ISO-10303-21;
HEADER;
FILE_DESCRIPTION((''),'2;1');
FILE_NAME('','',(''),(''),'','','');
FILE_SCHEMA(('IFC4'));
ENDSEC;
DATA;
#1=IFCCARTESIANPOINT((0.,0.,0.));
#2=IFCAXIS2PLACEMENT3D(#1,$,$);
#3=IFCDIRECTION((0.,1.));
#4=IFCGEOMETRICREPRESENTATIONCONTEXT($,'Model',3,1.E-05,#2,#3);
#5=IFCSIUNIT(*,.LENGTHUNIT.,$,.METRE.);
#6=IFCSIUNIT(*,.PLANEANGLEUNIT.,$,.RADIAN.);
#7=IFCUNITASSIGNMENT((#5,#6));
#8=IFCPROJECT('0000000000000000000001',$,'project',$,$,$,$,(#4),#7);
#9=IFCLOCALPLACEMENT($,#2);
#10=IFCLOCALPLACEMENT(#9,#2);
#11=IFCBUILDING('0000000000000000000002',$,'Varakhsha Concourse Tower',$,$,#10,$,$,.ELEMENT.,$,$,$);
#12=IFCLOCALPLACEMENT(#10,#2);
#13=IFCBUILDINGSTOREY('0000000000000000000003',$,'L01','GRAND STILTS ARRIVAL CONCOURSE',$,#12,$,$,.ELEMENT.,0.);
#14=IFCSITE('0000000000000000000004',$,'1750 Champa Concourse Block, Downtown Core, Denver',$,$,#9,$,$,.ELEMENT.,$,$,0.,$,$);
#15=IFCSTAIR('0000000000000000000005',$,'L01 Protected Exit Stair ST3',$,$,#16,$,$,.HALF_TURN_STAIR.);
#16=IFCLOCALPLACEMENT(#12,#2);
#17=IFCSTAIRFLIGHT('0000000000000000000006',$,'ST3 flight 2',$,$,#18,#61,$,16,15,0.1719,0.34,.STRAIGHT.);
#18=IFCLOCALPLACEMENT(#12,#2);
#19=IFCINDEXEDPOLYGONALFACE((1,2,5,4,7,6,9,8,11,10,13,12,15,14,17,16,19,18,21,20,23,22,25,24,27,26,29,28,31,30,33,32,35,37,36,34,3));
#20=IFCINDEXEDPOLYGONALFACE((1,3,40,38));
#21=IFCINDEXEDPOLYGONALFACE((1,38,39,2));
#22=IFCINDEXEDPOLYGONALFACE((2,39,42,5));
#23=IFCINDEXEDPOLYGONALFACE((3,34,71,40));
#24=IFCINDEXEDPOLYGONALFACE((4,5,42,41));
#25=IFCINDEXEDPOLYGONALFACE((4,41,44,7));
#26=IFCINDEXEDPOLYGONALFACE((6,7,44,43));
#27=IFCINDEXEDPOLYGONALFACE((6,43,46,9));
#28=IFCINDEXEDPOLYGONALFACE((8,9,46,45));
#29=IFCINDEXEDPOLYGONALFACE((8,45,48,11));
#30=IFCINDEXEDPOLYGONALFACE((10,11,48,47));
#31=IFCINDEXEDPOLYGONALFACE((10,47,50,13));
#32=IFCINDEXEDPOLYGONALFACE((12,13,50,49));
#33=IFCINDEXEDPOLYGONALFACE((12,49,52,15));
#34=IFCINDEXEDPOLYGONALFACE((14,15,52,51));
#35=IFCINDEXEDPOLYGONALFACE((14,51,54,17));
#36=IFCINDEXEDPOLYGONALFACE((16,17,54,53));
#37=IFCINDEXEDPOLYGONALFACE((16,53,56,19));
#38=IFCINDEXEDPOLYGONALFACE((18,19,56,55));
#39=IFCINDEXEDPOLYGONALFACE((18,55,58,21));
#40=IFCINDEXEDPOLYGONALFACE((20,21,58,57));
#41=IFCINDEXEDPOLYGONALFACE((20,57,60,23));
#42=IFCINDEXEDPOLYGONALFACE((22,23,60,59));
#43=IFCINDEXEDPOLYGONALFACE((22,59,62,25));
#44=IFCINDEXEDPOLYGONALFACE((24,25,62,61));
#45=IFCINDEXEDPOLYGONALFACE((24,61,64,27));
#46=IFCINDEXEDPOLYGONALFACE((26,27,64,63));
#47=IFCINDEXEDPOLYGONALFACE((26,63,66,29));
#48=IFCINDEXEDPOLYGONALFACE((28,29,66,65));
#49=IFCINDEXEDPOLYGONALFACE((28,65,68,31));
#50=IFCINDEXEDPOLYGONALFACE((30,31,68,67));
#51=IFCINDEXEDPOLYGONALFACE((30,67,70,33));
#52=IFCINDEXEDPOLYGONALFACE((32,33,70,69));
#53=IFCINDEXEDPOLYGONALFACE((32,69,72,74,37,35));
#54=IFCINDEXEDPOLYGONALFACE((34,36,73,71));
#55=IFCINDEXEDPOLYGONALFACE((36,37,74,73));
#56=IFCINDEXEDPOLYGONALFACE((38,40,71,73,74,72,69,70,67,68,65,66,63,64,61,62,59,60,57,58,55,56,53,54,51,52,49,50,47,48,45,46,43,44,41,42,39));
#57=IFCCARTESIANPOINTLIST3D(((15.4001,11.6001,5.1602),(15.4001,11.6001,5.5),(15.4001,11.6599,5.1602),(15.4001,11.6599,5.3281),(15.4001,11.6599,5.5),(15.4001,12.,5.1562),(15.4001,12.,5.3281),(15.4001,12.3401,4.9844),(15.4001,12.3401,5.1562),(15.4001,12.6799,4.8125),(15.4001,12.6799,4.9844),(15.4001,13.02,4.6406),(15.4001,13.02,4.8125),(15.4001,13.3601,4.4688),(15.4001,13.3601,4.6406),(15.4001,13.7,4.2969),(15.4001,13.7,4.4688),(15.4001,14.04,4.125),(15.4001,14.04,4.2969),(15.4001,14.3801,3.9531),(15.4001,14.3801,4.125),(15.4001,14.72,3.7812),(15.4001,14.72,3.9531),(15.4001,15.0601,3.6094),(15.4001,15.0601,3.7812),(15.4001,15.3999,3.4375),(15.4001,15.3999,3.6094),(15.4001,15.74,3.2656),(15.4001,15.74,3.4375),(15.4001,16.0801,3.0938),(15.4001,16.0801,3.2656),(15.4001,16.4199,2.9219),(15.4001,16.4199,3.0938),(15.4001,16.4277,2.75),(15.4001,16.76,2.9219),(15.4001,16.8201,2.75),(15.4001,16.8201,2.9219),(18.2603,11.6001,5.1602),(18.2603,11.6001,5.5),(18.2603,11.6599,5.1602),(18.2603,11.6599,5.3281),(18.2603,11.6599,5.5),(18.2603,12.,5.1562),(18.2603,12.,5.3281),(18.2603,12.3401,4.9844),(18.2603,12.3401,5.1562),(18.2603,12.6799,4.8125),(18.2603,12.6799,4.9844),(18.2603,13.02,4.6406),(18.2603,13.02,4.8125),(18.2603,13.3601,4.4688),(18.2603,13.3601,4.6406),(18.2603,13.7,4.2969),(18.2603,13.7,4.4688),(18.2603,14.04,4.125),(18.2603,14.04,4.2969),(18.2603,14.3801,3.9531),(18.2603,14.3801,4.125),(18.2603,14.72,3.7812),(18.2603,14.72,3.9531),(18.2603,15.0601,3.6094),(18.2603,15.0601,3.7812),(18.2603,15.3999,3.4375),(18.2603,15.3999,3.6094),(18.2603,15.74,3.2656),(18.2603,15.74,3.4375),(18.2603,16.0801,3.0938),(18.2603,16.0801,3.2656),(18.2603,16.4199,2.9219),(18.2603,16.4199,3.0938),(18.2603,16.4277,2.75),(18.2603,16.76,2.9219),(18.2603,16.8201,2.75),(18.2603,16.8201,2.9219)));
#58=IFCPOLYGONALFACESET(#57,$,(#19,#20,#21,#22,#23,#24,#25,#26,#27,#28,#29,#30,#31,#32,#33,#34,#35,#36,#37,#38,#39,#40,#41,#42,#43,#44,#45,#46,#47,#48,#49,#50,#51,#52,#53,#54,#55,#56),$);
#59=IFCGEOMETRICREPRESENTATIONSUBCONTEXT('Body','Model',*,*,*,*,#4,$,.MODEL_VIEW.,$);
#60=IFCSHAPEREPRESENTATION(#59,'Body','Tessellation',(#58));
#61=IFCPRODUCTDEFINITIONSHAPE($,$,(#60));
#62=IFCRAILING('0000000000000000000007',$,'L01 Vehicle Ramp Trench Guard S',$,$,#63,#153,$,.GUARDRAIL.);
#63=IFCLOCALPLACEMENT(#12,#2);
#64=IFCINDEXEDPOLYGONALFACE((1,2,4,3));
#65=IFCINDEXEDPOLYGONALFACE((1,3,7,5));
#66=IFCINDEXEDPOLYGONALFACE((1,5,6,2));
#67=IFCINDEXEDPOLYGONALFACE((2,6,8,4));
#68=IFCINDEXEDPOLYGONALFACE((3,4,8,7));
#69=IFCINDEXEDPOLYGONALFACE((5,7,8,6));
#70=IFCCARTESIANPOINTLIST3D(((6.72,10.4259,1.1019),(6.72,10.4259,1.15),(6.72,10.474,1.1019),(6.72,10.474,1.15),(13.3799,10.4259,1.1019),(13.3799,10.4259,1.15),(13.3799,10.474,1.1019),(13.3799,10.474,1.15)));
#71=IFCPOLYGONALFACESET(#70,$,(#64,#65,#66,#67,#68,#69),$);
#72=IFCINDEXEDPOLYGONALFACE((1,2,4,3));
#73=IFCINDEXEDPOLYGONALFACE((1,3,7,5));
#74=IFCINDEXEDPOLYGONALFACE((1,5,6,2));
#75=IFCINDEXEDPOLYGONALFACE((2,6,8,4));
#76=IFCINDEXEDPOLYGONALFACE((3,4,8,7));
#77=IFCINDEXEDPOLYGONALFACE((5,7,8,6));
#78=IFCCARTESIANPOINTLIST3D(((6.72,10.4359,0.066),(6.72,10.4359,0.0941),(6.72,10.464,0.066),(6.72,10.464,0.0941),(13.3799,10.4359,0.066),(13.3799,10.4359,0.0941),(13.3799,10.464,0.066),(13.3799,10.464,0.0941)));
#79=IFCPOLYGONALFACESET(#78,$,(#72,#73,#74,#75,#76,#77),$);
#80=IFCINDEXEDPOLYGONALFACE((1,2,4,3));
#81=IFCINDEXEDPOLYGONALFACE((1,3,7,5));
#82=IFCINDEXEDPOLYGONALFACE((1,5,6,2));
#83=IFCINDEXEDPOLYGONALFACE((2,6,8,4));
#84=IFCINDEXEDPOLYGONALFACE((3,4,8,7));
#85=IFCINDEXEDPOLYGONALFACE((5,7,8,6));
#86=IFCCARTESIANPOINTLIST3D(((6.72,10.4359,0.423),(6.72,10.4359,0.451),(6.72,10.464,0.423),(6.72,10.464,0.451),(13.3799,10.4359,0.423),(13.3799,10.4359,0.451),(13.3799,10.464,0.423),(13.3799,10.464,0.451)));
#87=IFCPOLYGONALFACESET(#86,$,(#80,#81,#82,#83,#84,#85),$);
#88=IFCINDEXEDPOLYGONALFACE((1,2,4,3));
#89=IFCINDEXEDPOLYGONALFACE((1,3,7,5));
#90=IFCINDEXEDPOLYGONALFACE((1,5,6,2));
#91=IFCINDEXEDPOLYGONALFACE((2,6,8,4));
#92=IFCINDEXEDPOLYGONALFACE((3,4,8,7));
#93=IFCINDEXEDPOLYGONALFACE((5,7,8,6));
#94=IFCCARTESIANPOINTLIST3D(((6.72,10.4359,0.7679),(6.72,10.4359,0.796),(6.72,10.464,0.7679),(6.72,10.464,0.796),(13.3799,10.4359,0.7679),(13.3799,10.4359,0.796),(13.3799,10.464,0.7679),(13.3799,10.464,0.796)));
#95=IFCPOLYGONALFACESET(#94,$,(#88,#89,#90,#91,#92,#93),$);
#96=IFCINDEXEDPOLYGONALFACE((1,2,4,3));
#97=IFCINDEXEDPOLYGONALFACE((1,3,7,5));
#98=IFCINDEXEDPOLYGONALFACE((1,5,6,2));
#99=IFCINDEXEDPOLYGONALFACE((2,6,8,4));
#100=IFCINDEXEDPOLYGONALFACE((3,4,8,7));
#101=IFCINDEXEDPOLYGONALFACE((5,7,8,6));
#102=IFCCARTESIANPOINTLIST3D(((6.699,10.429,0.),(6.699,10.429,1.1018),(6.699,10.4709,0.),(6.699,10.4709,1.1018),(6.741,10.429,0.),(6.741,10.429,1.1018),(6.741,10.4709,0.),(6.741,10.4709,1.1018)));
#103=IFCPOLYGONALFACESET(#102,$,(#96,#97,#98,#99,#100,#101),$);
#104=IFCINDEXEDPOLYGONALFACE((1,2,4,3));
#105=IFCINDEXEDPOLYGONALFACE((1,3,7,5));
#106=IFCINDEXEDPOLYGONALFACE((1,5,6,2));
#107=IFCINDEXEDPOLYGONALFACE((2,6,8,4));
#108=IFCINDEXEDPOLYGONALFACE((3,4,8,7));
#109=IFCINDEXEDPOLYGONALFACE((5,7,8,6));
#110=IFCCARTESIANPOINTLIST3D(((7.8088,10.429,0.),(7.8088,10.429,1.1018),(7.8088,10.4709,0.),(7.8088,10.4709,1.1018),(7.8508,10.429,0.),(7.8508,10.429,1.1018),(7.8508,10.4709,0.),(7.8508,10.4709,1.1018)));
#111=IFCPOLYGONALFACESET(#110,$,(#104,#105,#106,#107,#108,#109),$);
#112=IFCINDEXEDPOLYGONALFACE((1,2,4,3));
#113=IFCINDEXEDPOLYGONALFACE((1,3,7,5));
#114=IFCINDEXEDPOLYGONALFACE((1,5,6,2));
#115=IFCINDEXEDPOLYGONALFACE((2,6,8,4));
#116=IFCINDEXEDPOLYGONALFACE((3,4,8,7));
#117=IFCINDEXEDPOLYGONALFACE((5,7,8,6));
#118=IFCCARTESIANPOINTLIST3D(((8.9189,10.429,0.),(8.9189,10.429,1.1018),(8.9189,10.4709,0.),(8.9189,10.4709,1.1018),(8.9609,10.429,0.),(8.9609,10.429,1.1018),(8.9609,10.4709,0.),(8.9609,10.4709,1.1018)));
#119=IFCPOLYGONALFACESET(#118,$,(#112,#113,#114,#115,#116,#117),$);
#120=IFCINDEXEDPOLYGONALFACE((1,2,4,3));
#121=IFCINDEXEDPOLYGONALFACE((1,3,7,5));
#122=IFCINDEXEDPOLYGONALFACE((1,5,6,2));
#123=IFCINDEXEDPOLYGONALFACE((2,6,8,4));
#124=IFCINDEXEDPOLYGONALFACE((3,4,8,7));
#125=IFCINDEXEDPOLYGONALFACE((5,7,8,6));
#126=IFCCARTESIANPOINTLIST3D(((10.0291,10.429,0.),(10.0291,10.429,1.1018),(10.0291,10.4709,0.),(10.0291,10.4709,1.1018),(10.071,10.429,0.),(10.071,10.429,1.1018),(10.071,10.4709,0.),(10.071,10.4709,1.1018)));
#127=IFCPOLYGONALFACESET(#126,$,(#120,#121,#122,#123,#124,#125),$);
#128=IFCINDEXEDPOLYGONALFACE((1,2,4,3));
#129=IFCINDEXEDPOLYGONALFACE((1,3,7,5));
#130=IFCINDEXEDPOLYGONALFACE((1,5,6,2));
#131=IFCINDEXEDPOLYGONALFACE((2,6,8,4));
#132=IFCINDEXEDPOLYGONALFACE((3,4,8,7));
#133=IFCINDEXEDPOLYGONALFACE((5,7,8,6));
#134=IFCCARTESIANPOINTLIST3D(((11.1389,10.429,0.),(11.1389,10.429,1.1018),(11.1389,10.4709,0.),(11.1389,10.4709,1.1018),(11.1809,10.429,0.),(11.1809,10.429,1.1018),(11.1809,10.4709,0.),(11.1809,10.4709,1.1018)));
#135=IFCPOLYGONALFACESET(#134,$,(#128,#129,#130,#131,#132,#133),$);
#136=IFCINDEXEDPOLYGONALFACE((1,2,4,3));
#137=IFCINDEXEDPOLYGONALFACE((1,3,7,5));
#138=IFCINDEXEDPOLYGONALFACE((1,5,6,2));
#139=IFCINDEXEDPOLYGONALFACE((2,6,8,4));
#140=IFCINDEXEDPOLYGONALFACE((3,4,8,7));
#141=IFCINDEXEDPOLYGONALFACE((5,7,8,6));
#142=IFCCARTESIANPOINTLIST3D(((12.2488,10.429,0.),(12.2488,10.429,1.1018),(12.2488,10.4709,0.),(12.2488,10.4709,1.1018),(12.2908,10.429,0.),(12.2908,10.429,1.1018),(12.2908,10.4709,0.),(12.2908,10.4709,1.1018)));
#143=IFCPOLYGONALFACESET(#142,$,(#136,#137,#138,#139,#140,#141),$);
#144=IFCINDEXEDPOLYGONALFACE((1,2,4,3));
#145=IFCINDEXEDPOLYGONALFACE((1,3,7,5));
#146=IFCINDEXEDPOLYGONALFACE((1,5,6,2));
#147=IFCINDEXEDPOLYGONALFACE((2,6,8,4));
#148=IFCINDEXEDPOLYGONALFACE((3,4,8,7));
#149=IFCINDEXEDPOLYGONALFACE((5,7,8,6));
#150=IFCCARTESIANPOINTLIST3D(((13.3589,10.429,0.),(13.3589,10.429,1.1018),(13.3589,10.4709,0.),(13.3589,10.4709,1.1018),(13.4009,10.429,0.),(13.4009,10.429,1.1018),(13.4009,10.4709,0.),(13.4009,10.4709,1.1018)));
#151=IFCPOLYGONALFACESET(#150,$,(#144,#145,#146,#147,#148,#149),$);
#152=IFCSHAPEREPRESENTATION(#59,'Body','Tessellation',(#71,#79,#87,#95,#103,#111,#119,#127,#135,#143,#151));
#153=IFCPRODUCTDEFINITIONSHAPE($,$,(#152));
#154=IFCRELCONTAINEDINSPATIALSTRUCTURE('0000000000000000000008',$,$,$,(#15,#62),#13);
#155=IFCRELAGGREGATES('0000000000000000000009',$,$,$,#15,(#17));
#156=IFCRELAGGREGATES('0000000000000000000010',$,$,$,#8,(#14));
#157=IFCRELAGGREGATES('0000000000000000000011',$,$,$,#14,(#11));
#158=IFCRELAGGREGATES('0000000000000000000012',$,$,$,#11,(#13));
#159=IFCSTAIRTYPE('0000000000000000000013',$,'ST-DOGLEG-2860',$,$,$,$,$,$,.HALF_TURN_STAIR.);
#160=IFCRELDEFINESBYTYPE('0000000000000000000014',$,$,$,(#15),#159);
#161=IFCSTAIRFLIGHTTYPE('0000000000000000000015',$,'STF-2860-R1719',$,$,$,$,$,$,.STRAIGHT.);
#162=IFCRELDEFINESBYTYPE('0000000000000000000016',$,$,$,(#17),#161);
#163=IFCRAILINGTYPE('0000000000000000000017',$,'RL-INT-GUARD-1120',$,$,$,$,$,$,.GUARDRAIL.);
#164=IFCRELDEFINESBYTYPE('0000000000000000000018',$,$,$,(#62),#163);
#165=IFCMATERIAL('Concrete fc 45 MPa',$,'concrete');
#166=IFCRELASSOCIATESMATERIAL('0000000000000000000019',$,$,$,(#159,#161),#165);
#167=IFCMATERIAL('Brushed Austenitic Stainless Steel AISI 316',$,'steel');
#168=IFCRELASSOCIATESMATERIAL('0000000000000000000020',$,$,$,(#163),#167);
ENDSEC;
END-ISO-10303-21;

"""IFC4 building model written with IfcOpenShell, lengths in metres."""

from ifc_helpers import new_model, si_unit, direction, frame, origin, origin_2d, place, context, subcontext, project, spatial, polyline, rectangle, outline, extrude, material, type_object, element, aggregate, save


model = new_model("IFC4")

# Units and contexts
model_context = context("Model", 3, precision=1e-05, world=origin(), true_north=direction((0.0, 1.0)))
body_context = subcontext(model_context, "Body", "Model", "MODEL_VIEW")
ifc_project = project(units=[si_unit("LENGTHUNIT", "METRE"), si_unit("PLANEANGLEUNIT", "RADIAN")], contexts=[model_context])

# Site, building, storey
site_placement = place(None, origin())
site = spatial("IfcSite", under=ifc_project, at=site_placement, Name="1750 Champa Concourse Block, Downtown Core, Denver", CompositionType="ELEMENT", RefElevation=0.0)
building_placement = place(site_placement, origin())
building = spatial("IfcBuilding", under=site, at=building_placement, Name="Varakhsha Concourse Tower", CompositionType="ELEMENT")
storey_placement = place(building_placement, origin())
storey = spatial("IfcBuildingStorey", under=building, at=storey_placement, Name="L01", Description="GRAND STILTS ARRIVAL CONCOURSE", CompositionType="ELEMENT", Elevation=0.0)

# Shared definitions
ifc_material_1 = material(Name="Concrete fc 45 MPa", Category="concrete")

# Stair, stair flight
stair_type = type_object("IfcStairType", Name="ST-DOGLEG-2860", PredefinedType="HALF_TURN_STAIR", material=ifc_material_1)
stair_placement = place(storey_placement, origin())
stair = element("IfcStair", 1, at=stair_placement, inside=storey, type_object=stair_type, Name="L01 Protected Exit Stair ST3", PredefinedType="HALF_TURN_STAIR")
stair_flight_type = type_object("IfcStairFlightType", Name="STF-2860-R1719", PredefinedType="STRAIGHT", material=ifc_material_1)
stair_flight_placement = place(storey_placement, frame((16.8301, 16.76, 2.75), z_axis=(0.0, 0.0, 1.0), x_axis=(0.0, -1.0, 0.0)))
stair_flight = element("IfcStairFlight", 2, at=stair_flight_placement, type_object=stair_flight_type, Name="ST3 flight 2", NumberOfRisers=16, NumberOfTreads=15, PredefinedType="STRAIGHT", RiserHeight=0.1719, TreadLength=0.34, context=body_context, shape_type="SweptSolid", body=[
    extrude(outline(polyline([(-0.0601, 0.0), (-0.0601, 0.1719), (0.0, 0.1719), (0.3401, 0.1719), (0.3401, 0.3438), (0.6799, 0.3438), (0.6799, 0.5156), (1.02, 0.5156), (1.02, 0.6875), (1.3601, 0.6875), (1.3601, 0.8594), (1.7, 0.8594), (1.7, 1.0312), (2.04, 1.0312), (2.04, 1.2031), (2.3799, 1.2031), (2.3799, 1.375), (2.72, 1.375), (2.72, 1.5469), (3.0601, 1.5469), (3.0601, 1.7188), (3.3999, 1.7188), (3.3999, 1.8906), (3.74, 1.8906), (3.74, 2.0625), (4.0801, 2.0625), (4.0801, 2.2344), (4.4199, 2.2344), (4.4199, 2.4062), (4.76, 2.4062), (4.76, 2.5781), (5.1001, 2.5781), (5.1001, 2.75), (5.1599, 2.75), (5.1599, 2.4102), (5.1001, 2.4102), (0.3323, 0.0), (-0.0601, 0.0)])), frame((0.0, 1.4302, 0.0), z_axis=(0.0, -1.0, 0.0), x_axis=(1.0, 0.0, 0.0)), (0.0, 0.0, 1.0), 2.8601),
])
aggregate(stair, [stair_flight])

# Railing
ifc_material_2 = material(Name="Brushed Austenitic Stainless Steel AISI 316", Category="steel")
railing_type_1 = type_object("IfcRailingType", Name="RL-INT-GUARD-1120", PredefinedType="GUARDRAIL", material=ifc_material_2)
railing_1_placement = place(storey_placement, frame((6.72, 10.45, 0.0)))
element("IfcRailing", 3, at=railing_1_placement, inside=storey, type_object=railing_type_1, Name="L01 Vehicle Ramp Trench Guard S", PredefinedType="GUARDRAIL", context=body_context, shape_type="SweptSolid", body=[
    extrude(rectangle(XDim=0.0481, YDim=0.0481, at=origin_2d()), frame((0.0, 0.0, 1.126), z_axis=(1.0, 0.0, 0.0), x_axis=(0.0, 1.0, 0.0)), (0.0, 0.0, 1.0), 6.6599),
    extrude(rectangle(XDim=0.0281, YDim=0.0281, at=origin_2d()), frame((0.0, 0.0, 0.0801), z_axis=(1.0, 0.0, 0.0), x_axis=(0.0, 1.0, 0.0)), (0.0, 0.0, 1.0), 6.6599),
    extrude(rectangle(XDim=0.0281, YDim=0.0281, at=origin_2d()), frame((0.0, 0.0, 0.437), z_axis=(1.0, 0.0, 0.0), x_axis=(0.0, 1.0, 0.0)), (0.0, 0.0, 1.0), 6.6599),
    extrude(rectangle(XDim=0.0281, YDim=0.0281, at=origin_2d()), frame((0.0, 0.0, 0.782), z_axis=(1.0, 0.0, 0.0), x_axis=(0.0, 1.0, 0.0)), (0.0, 0.0, 1.0), 6.6599),
    extrude(rectangle(XDim=0.042, YDim=0.042, at=origin_2d()), origin(), (0.0, 0.0, 1.0), 1.1018),
    extrude(rectangle(XDim=0.042, YDim=0.042, at=origin_2d()), frame((1.1099, 0.0, 0.0)), (0.0, 0.0, 1.0), 1.1018),
    extrude(rectangle(XDim=0.042, YDim=0.042, at=origin_2d()), frame((2.22, 0.0, 0.0)), (0.0, 0.0, 1.0), 1.1018),
    extrude(rectangle(XDim=0.042, YDim=0.042, at=origin_2d()), frame((3.3301, 0.0, 0.0)), (0.0, 0.0, 1.0), 1.1018),
    extrude(rectangle(XDim=0.042, YDim=0.042, at=origin_2d()), frame((4.4399, 0.0, 0.0)), (0.0, 0.0, 1.0), 1.1018),
    extrude(rectangle(XDim=0.042, YDim=0.042, at=origin_2d()), frame((5.5498, 0.0, 0.0)), (0.0, 0.0, 1.0), 1.1018),
    extrude(rectangle(XDim=0.042, YDim=0.042, at=origin_2d()), frame((6.6599, 0.0, 0.0)), (0.0, 0.0, 1.0), 1.1018),
])

save(model, "model.ifc")
